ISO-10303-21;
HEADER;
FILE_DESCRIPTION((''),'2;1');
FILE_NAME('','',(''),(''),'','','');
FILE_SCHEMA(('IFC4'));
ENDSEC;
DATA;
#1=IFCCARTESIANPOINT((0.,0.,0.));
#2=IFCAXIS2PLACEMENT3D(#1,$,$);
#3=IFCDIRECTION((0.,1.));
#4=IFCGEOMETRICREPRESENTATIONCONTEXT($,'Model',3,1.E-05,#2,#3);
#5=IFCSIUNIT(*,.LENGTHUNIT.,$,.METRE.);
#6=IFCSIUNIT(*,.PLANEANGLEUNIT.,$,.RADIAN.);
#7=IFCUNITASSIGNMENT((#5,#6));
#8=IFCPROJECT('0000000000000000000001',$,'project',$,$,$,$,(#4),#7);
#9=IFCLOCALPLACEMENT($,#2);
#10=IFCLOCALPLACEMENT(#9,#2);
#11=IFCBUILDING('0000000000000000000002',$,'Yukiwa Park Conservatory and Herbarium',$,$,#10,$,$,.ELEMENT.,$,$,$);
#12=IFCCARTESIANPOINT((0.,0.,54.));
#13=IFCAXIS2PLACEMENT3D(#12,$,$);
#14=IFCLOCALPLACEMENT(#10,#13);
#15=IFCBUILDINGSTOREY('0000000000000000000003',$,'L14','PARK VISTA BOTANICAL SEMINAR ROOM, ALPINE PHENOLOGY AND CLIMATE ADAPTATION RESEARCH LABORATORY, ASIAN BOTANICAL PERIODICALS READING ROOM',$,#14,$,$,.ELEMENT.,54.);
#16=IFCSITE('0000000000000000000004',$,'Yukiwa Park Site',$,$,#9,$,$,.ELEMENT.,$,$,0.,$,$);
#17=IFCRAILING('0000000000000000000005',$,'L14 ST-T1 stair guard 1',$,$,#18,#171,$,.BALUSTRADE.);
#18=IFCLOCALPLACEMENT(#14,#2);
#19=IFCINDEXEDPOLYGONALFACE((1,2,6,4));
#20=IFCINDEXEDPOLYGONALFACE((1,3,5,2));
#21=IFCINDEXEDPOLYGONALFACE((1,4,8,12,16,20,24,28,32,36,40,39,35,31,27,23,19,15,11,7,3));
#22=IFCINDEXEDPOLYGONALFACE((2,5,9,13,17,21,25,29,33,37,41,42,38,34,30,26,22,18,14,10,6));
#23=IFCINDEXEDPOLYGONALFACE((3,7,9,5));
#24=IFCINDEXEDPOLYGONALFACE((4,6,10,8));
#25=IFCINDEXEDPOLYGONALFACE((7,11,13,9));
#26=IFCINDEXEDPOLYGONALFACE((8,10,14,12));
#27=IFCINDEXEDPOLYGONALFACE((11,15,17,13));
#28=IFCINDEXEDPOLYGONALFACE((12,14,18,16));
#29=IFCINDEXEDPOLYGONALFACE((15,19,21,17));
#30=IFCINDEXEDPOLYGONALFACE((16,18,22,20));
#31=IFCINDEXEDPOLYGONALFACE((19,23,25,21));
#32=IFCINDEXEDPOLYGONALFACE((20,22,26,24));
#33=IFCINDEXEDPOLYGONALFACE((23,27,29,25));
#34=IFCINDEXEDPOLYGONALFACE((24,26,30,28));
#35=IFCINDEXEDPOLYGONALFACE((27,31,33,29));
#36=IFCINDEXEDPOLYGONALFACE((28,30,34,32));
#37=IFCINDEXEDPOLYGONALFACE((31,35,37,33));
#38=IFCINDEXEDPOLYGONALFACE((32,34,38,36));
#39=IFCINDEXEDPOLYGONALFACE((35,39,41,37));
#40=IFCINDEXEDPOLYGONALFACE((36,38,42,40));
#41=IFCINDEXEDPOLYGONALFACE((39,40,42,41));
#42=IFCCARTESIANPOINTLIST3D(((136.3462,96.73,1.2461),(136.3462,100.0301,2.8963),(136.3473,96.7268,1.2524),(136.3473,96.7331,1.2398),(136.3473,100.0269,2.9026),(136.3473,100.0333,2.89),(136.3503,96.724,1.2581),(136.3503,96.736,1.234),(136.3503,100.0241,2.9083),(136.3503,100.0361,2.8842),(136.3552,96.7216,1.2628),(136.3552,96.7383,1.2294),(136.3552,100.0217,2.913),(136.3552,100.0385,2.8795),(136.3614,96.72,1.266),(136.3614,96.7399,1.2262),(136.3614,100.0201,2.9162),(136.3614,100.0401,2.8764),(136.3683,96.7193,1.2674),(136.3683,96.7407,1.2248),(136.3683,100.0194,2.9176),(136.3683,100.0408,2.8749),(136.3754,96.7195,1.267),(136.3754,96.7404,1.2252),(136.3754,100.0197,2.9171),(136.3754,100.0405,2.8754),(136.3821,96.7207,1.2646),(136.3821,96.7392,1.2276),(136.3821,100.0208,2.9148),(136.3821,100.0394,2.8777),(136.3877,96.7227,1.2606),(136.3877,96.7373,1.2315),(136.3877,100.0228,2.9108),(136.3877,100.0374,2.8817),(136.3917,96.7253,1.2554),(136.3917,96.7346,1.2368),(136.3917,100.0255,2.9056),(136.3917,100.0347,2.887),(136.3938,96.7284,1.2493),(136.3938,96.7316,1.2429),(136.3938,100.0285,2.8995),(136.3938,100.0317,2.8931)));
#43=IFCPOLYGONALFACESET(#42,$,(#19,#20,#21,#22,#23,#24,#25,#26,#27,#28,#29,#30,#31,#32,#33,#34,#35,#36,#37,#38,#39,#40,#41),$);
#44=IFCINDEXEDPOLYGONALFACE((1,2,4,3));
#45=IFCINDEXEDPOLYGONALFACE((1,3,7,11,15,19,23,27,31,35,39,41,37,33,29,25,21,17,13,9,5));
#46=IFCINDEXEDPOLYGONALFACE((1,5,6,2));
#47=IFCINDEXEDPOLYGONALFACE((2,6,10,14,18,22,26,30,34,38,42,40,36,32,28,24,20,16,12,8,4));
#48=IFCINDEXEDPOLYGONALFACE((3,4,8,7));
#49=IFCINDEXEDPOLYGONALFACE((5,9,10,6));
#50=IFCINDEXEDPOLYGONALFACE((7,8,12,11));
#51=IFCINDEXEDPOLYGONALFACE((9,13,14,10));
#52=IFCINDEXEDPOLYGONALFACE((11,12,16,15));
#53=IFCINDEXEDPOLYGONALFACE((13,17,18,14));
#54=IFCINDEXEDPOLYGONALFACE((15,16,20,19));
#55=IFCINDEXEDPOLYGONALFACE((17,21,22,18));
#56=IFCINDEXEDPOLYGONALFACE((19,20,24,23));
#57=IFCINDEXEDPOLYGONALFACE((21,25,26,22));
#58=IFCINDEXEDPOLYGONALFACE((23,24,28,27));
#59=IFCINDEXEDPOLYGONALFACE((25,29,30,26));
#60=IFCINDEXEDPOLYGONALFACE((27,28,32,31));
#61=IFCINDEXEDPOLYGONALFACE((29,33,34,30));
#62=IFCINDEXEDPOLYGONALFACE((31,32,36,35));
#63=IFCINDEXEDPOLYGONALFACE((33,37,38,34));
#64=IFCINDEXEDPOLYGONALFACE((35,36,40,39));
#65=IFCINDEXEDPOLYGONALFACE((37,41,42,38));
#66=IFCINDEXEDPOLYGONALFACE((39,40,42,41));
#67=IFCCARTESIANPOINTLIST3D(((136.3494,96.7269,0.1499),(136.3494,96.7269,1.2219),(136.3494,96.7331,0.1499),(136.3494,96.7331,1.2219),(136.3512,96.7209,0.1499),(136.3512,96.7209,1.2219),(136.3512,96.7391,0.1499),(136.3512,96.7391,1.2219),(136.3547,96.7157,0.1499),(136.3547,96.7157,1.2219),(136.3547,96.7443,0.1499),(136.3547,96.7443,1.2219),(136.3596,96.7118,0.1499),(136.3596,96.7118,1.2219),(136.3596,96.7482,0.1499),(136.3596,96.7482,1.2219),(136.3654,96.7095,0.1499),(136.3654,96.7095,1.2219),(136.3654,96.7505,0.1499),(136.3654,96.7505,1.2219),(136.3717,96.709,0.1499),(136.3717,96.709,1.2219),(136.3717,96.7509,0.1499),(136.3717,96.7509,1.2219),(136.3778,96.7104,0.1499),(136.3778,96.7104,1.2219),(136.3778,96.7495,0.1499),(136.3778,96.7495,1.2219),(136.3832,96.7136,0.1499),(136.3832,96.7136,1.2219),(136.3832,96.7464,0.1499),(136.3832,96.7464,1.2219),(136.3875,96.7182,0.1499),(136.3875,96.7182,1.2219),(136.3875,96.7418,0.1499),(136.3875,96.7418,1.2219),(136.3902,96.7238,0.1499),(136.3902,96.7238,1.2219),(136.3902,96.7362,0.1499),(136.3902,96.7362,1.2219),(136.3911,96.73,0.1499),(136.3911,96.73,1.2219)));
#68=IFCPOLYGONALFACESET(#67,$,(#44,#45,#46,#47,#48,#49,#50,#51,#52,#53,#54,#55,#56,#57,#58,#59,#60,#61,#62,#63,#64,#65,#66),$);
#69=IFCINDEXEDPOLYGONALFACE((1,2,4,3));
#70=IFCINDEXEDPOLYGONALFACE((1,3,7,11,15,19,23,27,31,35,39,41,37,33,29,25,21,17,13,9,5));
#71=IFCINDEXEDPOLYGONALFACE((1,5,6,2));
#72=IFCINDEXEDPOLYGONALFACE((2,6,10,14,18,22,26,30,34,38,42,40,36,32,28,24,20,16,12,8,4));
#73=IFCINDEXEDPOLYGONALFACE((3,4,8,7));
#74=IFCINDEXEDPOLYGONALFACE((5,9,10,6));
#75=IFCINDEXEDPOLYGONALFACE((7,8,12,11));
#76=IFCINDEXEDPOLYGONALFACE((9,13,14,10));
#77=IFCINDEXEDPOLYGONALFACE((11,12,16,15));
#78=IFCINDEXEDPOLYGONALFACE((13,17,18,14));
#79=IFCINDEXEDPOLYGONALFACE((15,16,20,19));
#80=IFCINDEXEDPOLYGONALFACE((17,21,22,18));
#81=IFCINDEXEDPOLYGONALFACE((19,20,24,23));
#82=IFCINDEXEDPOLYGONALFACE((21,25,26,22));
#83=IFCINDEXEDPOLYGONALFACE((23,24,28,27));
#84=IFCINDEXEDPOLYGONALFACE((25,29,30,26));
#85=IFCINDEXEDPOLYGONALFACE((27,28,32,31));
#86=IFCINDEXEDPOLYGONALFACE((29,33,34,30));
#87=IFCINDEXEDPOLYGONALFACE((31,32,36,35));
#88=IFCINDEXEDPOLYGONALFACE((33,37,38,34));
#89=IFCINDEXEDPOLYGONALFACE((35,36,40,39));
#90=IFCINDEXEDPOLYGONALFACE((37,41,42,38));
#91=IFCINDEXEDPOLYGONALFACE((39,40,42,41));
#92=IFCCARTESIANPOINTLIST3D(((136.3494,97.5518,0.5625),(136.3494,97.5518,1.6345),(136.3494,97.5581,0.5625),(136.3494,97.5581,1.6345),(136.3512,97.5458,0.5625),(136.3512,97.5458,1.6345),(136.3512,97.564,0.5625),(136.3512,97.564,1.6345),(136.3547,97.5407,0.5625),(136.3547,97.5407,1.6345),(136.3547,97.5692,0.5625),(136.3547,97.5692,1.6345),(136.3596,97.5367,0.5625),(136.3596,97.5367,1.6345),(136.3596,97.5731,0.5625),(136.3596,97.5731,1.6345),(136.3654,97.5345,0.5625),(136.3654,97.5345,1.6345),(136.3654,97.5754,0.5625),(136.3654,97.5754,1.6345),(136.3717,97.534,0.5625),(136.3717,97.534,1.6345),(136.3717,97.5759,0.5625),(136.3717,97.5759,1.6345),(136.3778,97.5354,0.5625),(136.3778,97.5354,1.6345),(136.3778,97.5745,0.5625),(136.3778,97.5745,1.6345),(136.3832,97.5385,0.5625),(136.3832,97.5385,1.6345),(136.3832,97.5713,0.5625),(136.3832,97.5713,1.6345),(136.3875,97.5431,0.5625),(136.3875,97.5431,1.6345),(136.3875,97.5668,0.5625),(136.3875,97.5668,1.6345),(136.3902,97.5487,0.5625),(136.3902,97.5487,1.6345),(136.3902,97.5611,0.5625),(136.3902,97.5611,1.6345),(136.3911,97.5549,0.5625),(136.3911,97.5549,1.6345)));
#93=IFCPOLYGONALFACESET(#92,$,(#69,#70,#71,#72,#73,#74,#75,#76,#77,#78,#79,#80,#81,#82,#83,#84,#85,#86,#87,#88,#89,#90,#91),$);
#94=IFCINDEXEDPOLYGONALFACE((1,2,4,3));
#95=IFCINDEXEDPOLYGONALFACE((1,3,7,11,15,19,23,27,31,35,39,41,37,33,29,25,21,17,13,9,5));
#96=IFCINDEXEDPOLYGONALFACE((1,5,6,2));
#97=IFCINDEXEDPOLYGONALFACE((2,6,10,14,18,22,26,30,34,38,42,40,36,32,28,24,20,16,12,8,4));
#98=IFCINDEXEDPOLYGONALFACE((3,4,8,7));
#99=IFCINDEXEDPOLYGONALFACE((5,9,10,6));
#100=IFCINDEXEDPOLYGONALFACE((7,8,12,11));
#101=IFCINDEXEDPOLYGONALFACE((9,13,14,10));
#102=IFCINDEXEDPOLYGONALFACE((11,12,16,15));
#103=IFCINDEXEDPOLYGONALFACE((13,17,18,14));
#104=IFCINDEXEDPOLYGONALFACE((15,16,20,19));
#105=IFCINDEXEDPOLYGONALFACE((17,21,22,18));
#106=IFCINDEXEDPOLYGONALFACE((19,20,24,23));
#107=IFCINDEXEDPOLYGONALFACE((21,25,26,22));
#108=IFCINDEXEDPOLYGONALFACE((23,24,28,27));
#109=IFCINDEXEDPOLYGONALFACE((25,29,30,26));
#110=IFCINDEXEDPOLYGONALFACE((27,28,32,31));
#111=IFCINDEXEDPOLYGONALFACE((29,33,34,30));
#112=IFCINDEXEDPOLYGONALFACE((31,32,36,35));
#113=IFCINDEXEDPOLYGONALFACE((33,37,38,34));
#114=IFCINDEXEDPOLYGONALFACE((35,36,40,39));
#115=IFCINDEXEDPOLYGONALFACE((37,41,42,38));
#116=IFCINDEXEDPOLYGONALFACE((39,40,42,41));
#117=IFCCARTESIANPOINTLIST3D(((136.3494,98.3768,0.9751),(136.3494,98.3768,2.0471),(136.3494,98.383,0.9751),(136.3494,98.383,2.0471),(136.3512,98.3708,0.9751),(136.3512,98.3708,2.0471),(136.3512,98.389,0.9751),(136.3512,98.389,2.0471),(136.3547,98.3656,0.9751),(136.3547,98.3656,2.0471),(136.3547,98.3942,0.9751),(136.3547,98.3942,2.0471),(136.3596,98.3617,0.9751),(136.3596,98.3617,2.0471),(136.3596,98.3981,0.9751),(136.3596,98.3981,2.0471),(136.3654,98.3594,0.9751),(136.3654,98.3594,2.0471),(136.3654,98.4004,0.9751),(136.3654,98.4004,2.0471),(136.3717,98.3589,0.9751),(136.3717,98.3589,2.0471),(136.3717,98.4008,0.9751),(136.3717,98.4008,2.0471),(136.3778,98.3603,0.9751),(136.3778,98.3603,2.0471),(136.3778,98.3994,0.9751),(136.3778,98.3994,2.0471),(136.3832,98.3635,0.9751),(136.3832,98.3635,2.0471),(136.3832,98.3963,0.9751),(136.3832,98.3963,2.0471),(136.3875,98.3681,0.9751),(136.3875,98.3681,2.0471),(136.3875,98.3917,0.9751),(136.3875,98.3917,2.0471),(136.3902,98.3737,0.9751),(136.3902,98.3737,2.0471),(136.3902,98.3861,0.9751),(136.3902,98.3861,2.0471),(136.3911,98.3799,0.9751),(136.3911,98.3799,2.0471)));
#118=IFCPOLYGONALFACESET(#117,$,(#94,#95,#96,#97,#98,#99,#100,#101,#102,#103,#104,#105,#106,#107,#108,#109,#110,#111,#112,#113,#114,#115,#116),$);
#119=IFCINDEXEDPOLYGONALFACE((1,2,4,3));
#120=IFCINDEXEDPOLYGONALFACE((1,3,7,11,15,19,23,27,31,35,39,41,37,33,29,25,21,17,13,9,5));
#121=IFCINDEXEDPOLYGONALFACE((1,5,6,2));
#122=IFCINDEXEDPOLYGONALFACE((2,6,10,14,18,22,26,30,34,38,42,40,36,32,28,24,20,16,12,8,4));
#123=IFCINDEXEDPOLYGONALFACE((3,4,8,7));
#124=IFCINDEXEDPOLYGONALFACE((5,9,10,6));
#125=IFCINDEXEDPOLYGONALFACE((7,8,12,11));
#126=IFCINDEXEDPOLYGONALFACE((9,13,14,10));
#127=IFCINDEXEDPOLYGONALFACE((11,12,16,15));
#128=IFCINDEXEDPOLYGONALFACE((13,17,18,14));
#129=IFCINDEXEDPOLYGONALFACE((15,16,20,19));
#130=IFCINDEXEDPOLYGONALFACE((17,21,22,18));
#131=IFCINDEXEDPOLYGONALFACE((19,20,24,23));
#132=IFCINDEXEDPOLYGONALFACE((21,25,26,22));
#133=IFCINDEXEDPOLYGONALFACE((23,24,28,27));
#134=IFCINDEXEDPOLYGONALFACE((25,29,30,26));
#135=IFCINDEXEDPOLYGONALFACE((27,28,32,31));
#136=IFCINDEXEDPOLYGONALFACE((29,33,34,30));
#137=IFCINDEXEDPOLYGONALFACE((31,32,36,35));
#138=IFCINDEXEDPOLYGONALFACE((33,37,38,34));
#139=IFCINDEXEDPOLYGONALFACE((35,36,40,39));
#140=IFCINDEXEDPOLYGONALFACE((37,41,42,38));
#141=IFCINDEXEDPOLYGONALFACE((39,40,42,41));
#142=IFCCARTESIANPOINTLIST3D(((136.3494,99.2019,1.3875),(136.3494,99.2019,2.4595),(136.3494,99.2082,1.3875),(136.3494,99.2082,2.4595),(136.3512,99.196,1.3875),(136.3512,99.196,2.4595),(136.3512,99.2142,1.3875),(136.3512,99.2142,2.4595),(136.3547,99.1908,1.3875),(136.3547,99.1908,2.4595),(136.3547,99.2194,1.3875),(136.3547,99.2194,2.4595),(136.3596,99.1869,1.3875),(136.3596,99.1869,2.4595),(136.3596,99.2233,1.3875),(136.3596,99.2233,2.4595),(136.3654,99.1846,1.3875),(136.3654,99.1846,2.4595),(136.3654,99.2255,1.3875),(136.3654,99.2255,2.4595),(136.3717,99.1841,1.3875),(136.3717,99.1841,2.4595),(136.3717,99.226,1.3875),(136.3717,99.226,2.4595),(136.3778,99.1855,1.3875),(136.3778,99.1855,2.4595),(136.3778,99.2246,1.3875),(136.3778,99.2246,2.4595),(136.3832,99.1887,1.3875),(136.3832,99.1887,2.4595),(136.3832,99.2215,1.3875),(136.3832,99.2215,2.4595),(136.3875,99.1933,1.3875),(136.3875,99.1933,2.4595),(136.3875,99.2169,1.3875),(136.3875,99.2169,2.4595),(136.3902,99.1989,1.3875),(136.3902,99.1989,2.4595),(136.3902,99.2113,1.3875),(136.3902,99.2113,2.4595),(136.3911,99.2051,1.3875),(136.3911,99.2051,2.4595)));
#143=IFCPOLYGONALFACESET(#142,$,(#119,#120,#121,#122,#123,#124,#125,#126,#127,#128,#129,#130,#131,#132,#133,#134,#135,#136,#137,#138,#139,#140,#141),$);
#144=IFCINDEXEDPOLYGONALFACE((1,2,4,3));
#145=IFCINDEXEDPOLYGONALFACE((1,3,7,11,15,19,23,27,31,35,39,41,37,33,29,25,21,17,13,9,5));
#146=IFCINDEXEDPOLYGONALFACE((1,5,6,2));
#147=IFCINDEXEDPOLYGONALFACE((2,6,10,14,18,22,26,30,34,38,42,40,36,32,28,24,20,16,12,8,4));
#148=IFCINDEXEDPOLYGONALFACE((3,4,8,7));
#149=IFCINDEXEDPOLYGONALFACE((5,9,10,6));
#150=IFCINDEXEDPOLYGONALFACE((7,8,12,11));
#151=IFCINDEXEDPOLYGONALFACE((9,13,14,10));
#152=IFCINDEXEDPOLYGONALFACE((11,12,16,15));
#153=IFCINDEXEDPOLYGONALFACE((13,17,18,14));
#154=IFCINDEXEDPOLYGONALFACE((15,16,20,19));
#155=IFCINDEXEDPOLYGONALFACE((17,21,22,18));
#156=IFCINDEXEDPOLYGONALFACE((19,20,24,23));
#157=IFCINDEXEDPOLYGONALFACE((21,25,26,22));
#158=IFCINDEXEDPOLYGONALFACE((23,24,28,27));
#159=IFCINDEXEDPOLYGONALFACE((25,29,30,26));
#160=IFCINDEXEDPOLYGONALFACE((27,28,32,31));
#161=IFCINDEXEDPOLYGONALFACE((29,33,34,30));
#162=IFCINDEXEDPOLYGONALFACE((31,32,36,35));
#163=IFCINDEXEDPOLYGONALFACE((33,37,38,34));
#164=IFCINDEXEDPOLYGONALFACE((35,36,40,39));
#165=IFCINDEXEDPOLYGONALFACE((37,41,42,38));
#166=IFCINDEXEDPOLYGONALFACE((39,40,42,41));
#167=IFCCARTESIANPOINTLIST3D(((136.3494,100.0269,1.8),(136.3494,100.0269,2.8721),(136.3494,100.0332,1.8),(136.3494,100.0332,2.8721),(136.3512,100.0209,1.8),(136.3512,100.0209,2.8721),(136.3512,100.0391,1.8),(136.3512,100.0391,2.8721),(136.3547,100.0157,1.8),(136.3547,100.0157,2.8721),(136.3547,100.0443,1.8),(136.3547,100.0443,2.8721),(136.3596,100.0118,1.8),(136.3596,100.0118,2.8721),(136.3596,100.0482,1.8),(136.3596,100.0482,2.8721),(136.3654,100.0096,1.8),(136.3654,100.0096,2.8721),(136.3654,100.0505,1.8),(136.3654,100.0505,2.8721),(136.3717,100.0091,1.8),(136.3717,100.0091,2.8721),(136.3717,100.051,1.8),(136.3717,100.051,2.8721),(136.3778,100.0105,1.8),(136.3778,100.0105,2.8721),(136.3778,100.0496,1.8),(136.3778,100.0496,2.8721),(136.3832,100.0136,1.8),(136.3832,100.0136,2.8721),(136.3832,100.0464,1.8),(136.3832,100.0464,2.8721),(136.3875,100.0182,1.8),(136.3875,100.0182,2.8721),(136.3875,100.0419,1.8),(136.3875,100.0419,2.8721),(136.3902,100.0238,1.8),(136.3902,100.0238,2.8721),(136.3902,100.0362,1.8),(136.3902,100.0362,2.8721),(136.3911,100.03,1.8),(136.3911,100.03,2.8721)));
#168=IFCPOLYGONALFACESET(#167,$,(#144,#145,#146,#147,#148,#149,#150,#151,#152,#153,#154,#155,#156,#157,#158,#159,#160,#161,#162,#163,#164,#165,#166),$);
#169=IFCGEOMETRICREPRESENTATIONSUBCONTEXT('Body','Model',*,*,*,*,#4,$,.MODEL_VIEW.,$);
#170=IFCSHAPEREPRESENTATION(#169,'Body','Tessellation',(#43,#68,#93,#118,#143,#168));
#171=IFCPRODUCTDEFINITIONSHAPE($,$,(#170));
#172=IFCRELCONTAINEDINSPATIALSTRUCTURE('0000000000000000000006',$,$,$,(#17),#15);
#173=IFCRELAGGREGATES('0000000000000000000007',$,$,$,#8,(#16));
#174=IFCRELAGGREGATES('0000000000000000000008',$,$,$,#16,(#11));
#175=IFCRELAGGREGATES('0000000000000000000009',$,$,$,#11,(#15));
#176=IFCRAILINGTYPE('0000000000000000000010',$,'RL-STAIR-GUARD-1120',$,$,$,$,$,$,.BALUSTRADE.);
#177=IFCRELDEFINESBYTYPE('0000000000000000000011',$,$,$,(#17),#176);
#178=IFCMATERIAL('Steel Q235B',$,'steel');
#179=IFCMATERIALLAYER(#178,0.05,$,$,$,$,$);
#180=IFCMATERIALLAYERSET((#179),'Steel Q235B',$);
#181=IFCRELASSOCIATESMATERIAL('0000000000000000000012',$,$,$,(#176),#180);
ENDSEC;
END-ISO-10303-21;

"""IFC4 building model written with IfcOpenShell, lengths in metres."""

from ifc_helpers import new_model, si_unit, direction, frame, origin, origin_2d, place, context, subcontext, project, spatial, circle, extrude, material, layer, layer_set, type_object, element, save


model = new_model("IFC4")

# Units and contexts
model_context = context("Model", 3, precision=1e-05, world=origin(), true_north=direction((0.0, 1.0)))
body_context = subcontext(model_context, "Body", "Model", "MODEL_VIEW")
ifc_project = project(units=[si_unit("LENGTHUNIT", "METRE"), si_unit("PLANEANGLEUNIT", "RADIAN")], contexts=[model_context])

# Site, building, storey
site_placement = place(None, origin())
site = spatial("IfcSite", under=ifc_project, at=site_placement, Name="Yukiwa Park Site", CompositionType="ELEMENT", RefElevation=0.0)
building_placement = place(site_placement, origin())
building = spatial("IfcBuilding", under=site, at=building_placement, Name="Yukiwa Park Conservatory and Herbarium", CompositionType="ELEMENT")
storey_placement = place(building_placement, frame((0.0, 0.0, 54.0)))
storey = spatial("IfcBuildingStorey", under=building, at=storey_placement, Name="L14", Description="PARK VISTA BOTANICAL SEMINAR ROOM, ALPINE PHENOLOGY AND CLIMATE ADAPTATION RESEARCH LABORATORY, ASIAN BOTANICAL PERIODICALS READING ROOM", CompositionType="ELEMENT", Elevation=54.0)

# Railing
ifc_material_1 = material(Name="Steel Q235B", Category="steel")
ifc_layer_1 = layer(ifc_material_1, 0.05)
ifc_layer_set_1 = layer_set([ifc_layer_1], Name="Steel Q235B")
railing_type_1 = type_object("IfcRailingType", Name="RL-STAIR-GUARD-1120", PredefinedType="BALUSTRADE", material=ifc_layer_set_1)
railing_1_placement = place(storey_placement, frame((136.3701, 96.73, 0.1499)))
element("IfcRailing", 1, at=railing_1_placement, inside=storey, type_object=railing_type_1, Name="L14 ST-T1 stair guard 1", PredefinedType="BALUSTRADE", context=body_context, shape_type="SweptSolid", body=[
    extrude(circle(Radius=0.0239, at=origin_2d()), frame((0.0, 0.0, 1.0962), z_axis=(0.0, 0.894414, 0.44724), x_axis=(-1.0, 0.0, 0.0)), (0.0, 0.0, 1.0), 3.6897),
    extrude(circle(Radius=0.021, at=origin_2d()), origin(), (0.0, 0.0, 1.0), 1.072),
    extrude(circle(Radius=0.021, at=origin_2d()), frame((0.0, 0.825, 0.4126)), (0.0, 0.0, 1.0), 1.072),
    extrude(circle(Radius=0.021, at=origin_2d()), frame((0.0, 1.6499, 0.8252)), (0.0, 0.0, 1.0), 1.072),
    extrude(circle(Radius=0.021, at=origin_2d()), frame((0.0, 2.4751, 1.2375)), (0.0, 0.0, 1.0), 1.072),
    extrude(circle(Radius=0.021, at=origin_2d()), frame((0.0, 3.3, 1.6501)), (0.0, 0.0, 1.0), 1.072),
])

save(model, "model.ifc")
